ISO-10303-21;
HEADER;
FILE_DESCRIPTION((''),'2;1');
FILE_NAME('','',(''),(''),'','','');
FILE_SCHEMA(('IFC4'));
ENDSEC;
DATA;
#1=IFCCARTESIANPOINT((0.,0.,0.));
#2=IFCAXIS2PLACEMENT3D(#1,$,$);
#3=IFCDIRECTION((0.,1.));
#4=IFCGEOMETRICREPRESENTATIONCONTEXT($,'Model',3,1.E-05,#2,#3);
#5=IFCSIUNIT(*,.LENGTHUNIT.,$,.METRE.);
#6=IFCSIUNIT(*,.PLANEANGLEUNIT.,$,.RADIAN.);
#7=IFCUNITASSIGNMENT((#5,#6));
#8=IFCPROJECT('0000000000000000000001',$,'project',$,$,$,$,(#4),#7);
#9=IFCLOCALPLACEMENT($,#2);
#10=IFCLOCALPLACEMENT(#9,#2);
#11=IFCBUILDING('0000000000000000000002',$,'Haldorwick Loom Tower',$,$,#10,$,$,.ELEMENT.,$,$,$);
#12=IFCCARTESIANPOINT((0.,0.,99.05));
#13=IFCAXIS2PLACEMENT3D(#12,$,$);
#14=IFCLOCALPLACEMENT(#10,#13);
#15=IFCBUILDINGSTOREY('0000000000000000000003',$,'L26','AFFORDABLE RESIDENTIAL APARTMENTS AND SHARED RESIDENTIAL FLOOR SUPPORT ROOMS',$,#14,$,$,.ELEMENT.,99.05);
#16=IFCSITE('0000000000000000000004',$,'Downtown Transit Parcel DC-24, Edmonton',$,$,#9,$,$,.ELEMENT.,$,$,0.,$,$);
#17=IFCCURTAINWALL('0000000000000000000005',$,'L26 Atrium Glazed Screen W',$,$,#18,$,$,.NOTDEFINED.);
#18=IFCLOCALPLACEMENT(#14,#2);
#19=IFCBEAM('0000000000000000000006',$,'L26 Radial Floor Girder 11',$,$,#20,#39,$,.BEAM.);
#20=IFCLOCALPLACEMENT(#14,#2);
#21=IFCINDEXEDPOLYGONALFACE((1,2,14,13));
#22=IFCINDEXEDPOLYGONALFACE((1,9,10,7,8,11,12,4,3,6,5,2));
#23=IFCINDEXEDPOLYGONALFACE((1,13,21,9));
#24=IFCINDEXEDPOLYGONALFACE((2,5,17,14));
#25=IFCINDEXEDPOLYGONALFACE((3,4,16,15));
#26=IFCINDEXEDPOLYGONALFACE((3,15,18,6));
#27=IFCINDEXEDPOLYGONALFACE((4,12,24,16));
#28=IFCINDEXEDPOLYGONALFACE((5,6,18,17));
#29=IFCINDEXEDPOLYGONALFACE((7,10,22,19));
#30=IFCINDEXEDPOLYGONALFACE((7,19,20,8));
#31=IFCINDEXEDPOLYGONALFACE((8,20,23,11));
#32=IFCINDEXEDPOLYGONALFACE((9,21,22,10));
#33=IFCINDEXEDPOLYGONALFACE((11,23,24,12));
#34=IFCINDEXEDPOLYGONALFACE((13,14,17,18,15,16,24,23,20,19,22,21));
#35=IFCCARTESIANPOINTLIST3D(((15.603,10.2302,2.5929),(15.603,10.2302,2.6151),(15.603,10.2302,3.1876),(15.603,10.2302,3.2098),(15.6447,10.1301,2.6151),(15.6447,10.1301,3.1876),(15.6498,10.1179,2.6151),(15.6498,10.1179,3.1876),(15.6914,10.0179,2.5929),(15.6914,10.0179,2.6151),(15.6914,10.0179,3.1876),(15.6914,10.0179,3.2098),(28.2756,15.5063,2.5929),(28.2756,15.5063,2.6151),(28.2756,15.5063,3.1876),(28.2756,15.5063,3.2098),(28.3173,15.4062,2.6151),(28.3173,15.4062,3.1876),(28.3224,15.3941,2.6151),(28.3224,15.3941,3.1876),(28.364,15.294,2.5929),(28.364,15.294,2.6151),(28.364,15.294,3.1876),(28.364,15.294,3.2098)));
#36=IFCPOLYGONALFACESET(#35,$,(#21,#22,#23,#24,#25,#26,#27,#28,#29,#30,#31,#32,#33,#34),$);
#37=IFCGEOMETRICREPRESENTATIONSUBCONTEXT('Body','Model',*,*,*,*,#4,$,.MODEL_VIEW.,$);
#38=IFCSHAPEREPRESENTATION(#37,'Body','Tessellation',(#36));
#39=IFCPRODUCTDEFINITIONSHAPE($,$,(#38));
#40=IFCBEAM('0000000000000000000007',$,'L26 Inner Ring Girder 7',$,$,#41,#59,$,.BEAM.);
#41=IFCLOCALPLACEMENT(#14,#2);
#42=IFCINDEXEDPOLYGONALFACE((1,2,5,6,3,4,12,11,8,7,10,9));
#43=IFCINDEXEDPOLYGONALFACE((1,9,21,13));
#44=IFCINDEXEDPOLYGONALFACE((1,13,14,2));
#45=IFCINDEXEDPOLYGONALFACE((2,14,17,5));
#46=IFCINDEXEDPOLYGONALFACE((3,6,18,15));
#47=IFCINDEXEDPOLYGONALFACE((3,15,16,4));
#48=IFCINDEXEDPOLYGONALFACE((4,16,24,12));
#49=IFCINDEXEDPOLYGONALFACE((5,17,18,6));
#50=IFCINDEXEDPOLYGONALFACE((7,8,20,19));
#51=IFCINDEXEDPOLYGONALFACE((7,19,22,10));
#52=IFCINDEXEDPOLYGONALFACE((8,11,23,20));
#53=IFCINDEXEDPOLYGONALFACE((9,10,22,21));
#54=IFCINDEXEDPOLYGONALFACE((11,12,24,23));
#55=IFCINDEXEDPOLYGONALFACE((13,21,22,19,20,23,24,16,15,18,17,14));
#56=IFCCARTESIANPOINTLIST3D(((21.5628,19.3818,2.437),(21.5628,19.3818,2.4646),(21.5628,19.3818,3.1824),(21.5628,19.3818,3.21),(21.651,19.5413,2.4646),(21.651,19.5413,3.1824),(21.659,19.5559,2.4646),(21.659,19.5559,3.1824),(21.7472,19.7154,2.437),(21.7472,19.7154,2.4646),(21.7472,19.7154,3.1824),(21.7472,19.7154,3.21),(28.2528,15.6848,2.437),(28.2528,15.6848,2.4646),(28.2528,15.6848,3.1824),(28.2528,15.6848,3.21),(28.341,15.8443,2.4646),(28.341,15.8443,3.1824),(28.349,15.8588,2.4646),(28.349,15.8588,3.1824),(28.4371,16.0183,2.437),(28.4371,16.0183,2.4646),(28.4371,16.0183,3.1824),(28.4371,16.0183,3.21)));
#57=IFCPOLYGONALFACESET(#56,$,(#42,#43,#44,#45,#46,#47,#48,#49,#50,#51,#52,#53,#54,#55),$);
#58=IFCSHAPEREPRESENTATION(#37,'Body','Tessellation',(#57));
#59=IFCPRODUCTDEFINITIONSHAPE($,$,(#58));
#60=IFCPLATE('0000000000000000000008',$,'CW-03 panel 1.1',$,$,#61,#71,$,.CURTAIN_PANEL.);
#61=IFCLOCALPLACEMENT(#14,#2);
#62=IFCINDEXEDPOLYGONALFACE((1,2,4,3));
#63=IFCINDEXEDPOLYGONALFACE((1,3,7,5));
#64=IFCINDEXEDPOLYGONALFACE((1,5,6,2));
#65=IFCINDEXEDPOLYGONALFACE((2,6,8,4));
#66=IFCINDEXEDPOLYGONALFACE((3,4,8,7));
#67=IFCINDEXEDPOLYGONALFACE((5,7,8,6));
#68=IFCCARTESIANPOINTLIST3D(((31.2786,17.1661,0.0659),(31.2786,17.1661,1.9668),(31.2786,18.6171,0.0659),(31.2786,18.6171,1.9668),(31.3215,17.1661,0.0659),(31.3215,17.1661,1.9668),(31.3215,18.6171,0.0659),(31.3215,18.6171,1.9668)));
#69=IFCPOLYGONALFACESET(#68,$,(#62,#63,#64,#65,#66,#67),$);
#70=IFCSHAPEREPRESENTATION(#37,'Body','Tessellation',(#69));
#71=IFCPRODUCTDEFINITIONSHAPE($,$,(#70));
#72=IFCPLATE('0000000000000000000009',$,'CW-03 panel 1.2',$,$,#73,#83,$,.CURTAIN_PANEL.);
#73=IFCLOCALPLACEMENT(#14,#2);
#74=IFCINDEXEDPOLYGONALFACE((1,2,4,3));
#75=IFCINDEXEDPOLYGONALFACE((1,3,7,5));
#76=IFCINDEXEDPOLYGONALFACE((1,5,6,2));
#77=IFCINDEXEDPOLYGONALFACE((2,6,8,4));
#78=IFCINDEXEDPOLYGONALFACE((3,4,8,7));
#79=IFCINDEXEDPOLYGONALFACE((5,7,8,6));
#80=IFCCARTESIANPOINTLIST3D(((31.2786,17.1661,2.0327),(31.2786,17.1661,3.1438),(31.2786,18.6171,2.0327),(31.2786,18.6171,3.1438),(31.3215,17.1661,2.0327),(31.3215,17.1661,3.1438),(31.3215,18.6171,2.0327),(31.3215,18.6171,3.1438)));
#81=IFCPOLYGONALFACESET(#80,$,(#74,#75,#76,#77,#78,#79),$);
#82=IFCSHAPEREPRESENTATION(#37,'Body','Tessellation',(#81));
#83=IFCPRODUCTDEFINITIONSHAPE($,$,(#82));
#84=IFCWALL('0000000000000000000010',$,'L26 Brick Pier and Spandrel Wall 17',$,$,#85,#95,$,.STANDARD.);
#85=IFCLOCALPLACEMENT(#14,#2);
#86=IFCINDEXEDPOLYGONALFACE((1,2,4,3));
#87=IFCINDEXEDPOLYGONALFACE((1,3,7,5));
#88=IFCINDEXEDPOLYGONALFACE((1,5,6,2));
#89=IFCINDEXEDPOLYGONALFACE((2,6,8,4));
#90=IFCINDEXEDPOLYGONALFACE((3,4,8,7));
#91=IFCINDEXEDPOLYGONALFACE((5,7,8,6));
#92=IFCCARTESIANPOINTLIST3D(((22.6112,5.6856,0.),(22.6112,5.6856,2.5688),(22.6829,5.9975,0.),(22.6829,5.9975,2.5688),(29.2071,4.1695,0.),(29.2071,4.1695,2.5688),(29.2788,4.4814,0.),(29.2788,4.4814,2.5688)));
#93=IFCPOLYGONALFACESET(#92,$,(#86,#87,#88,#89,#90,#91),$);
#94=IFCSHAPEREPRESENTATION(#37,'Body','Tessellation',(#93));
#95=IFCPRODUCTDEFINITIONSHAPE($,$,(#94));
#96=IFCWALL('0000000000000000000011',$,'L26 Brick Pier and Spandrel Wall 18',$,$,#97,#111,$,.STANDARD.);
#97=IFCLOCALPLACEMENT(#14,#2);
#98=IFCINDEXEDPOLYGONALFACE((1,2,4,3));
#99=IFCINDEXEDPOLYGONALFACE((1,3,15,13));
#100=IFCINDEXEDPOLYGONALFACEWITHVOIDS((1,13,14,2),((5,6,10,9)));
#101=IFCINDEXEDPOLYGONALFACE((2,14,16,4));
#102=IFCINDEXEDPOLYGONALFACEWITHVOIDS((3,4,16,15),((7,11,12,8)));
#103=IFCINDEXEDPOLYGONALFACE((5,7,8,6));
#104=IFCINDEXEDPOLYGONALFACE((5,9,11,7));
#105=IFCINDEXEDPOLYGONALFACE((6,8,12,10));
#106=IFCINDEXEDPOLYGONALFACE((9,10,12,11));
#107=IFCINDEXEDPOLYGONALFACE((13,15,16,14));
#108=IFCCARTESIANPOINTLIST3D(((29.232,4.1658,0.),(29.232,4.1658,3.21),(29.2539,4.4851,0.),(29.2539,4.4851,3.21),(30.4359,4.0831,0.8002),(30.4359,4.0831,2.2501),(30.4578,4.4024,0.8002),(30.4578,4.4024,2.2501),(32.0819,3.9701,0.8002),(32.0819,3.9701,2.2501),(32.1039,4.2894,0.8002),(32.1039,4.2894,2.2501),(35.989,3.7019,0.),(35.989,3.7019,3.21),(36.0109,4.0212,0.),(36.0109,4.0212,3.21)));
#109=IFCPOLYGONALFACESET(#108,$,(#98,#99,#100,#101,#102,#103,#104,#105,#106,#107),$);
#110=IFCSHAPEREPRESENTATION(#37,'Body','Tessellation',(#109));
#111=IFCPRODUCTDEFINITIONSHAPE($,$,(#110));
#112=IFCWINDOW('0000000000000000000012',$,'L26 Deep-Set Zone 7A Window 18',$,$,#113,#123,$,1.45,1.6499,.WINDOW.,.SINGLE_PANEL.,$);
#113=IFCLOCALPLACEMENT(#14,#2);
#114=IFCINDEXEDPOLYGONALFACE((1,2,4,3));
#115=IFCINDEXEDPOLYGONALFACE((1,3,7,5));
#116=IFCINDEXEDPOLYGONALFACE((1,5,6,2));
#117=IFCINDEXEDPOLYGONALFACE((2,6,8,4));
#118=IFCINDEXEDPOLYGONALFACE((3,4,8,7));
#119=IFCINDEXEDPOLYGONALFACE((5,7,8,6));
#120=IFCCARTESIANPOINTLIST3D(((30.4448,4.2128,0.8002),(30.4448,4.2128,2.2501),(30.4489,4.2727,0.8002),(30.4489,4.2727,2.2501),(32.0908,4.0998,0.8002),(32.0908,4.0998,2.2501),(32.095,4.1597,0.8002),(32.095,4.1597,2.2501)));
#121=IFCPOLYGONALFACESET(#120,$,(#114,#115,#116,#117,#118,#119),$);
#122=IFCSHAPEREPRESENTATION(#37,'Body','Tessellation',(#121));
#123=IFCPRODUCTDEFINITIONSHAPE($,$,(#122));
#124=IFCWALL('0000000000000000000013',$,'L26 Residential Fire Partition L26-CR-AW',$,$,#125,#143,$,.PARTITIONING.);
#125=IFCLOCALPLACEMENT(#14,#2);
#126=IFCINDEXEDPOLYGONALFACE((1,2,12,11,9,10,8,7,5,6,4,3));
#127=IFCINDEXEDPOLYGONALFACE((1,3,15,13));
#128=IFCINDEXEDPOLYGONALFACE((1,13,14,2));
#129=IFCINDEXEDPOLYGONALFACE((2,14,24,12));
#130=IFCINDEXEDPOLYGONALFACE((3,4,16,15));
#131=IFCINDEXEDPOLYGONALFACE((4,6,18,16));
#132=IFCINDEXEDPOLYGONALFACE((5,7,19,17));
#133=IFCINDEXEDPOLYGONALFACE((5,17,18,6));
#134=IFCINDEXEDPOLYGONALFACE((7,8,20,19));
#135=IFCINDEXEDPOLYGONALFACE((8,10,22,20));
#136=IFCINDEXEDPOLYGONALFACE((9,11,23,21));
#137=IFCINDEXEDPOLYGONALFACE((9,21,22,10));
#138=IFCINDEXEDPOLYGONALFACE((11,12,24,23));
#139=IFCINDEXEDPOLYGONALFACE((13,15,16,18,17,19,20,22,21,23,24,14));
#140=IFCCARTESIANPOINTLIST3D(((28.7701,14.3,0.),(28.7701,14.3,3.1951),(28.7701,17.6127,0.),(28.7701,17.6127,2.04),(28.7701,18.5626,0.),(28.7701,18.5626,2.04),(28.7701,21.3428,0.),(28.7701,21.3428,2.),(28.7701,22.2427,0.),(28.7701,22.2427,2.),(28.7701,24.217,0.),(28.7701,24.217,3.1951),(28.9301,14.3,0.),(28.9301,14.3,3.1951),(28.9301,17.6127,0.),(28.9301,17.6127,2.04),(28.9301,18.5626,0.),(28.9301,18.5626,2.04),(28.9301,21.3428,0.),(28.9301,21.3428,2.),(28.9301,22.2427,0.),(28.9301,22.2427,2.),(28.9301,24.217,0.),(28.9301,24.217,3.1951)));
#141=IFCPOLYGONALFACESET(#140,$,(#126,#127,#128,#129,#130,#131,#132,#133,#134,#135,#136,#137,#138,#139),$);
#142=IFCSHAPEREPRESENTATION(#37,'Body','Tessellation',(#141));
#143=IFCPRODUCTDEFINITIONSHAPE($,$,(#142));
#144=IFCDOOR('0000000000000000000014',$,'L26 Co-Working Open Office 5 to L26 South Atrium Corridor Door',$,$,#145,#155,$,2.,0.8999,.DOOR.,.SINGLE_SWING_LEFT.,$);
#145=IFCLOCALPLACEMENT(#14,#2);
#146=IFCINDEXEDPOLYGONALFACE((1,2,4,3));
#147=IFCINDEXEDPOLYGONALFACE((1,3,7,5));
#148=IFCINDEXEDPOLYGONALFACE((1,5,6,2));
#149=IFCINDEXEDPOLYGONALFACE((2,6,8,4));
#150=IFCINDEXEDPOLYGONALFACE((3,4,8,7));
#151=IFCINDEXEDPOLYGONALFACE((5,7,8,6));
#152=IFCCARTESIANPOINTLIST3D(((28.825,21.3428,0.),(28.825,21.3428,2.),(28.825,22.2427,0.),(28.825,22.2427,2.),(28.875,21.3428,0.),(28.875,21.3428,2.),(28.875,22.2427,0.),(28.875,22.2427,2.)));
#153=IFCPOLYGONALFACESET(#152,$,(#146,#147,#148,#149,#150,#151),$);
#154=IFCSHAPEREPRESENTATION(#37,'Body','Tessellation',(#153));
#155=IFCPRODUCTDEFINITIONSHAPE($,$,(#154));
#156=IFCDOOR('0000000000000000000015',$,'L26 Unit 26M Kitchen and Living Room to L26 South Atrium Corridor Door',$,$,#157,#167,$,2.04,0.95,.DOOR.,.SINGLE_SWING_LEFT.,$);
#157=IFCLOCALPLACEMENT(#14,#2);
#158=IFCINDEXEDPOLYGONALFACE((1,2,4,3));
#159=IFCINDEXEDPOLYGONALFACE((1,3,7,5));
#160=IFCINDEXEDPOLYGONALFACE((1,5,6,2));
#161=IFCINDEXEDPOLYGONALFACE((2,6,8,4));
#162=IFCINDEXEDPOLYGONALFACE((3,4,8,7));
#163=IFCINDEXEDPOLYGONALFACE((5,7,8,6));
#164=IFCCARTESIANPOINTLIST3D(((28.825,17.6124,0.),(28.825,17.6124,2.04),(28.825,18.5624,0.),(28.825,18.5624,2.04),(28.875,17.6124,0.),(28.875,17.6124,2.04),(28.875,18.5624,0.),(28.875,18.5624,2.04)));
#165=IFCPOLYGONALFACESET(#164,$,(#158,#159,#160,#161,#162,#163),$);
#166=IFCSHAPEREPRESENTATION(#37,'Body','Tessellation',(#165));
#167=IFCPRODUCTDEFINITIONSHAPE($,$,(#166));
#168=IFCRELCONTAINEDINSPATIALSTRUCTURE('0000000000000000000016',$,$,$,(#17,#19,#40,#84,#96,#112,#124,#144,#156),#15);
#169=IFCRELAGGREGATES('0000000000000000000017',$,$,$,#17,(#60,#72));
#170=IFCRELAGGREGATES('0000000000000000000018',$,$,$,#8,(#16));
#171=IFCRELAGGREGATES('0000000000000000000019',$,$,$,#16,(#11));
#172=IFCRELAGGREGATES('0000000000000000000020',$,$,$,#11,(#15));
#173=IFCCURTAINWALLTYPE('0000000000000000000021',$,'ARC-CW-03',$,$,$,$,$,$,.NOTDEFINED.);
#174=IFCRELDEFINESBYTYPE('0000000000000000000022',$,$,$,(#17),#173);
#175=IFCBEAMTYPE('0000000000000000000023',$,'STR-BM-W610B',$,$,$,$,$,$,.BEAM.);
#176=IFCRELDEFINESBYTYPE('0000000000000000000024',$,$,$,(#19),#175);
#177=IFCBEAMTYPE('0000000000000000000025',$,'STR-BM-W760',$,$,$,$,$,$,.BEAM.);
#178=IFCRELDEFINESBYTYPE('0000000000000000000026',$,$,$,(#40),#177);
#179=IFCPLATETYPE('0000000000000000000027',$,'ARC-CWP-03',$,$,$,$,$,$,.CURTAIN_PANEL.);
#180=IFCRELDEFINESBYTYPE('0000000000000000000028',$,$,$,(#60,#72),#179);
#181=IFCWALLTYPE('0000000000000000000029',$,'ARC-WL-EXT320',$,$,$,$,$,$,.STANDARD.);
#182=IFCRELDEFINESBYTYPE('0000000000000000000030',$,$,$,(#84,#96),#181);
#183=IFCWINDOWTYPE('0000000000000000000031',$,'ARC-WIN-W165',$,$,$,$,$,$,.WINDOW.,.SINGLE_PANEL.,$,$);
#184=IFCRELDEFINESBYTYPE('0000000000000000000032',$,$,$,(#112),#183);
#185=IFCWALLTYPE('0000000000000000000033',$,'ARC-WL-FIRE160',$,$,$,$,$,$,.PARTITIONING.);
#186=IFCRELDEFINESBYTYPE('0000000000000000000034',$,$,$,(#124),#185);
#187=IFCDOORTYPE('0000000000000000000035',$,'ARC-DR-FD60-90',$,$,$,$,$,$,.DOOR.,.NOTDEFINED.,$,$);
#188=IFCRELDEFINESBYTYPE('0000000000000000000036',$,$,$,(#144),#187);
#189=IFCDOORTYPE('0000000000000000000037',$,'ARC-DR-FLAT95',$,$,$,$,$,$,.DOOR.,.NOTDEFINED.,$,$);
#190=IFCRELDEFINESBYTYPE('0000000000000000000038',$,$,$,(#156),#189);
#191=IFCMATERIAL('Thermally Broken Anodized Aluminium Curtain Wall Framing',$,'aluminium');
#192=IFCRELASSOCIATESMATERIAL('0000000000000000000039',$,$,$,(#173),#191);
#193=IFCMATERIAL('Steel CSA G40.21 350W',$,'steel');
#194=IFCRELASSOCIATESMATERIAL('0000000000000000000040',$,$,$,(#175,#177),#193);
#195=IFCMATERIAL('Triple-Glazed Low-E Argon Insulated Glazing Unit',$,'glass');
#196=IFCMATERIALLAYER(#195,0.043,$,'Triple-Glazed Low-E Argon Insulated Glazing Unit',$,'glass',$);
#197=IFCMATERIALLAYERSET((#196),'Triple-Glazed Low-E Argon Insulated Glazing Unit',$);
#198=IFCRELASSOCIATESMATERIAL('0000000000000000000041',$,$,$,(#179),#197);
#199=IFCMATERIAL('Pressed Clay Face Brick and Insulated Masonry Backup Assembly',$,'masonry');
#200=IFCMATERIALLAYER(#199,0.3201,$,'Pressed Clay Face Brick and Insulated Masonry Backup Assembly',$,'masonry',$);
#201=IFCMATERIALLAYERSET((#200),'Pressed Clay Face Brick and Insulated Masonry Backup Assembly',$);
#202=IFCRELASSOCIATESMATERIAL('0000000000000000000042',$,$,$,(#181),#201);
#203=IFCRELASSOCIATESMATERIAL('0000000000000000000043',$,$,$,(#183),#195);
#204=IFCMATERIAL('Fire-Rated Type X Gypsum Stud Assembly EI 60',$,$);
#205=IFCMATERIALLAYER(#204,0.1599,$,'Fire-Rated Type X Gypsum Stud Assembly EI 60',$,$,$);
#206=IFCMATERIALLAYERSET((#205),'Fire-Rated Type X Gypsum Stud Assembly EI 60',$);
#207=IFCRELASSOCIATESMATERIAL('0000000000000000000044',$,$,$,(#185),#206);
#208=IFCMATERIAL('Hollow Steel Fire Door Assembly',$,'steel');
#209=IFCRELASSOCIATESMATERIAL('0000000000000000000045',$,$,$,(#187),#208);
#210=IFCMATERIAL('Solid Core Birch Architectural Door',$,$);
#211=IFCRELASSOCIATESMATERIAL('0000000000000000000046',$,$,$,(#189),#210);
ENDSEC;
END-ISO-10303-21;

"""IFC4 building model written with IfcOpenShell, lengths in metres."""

from ifc_helpers import new_model, si_unit, direction, frame, frame_2d, origin, origin_2d, place, context, subcontext, project, spatial, rectangle, i_section, extrude, material, layer, layer_set, material_profile, profile_set, type_object, element, fill, aggregate, save


model = new_model("IFC4")

# Units and contexts
model_context = context("Model", 3, precision=1e-05, world=origin(), true_north=direction((0.0, 1.0)))
body_context = subcontext(model_context, "Body", "Model", "MODEL_VIEW")
ifc_project = project(units=[si_unit("LENGTHUNIT", "METRE"), si_unit("PLANEANGLEUNIT", "RADIAN")], contexts=[model_context])

# Site, building, storey
site_placement = place(None, origin())
site = spatial("IfcSite", under=ifc_project, at=site_placement, Name="Downtown Transit Parcel DC-24, Edmonton", CompositionType="ELEMENT", RefElevation=0.0)
building_placement = place(site_placement, origin())
building = spatial("IfcBuilding", under=site, at=building_placement, Name="Haldorwick Loom Tower", CompositionType="ELEMENT")
storey_placement = place(building_placement, frame((0.0, 0.0, 99.05)))
storey = spatial("IfcBuildingStorey", under=building, at=storey_placement, Name="L26", Description="AFFORDABLE RESIDENTIAL APARTMENTS AND SHARED RESIDENTIAL FLOOR SUPPORT ROOMS", CompositionType="ELEMENT", Elevation=99.05)

# Curtain wall
ifc_material_1 = material(Name="Thermally Broken Anodized Aluminium Curtain Wall Framing", Category="aluminium")
curtain_wall_type = type_object("IfcCurtainWallType", Name="ARC-CW-03", PredefinedType="NOTDEFINED", material=ifc_material_1)
curtain_wall_placement = place(storey_placement, origin())
curtain_wall = element("IfcCurtainWall", 1, at=curtain_wall_placement, inside=storey, type_object=curtain_wall_type, Name="L26 Atrium Glazed Screen W", PredefinedType="NOTDEFINED")

# Beams
ifc_material_2 = material(Name="Steel CSA G40.21 350W", Category="steel")
ifc_material_profile_1 = material_profile(ifc_material_2, i_section(OverallWidth=0.23, OverallDepth=0.6169, WebThickness=0.0132, FlangeThickness=0.0222, at=origin_2d()), Name="W610X140", Category="steel")
ifc_profile_set_1 = profile_set([ifc_material_profile_1], Name="Steel CSA G40.21 350W")
beam_type_1 = type_object("IfcBeamType", Name="STR-BM-W610B", PredefinedType="BEAM", material=ifc_profile_set_1)
beam_1_placement = place(storey_placement, frame((28.3198, 15.4001, 2.9014), z_axis=(-0.923184, -0.384359, 0.0), x_axis=(0.384359, -0.923184, 0.0)))
element("IfcBeam", 2, at=beam_1_placement, inside=storey, type_object=beam_type_1, Name="L26 Radial Floor Girder 11", PredefinedType="BEAM", context=body_context, shape_type="SweptSolid", body=[
    extrude(i_section(OverallWidth=0.23, OverallDepth=0.6169, WebThickness=0.0132, FlangeThickness=0.0222, at=origin_2d()), origin(), (0.0, 0.0, 1.0), 13.7271),
])
ifc_material_profile_2 = material_profile(ifc_material_2, i_section(OverallWidth=0.3811, OverallDepth=0.7729, WebThickness=0.0166, FlangeThickness=0.0276, at=origin_2d()), Name="W760X257", Category="steel")
ifc_profile_set_2 = profile_set([ifc_material_profile_2], Name="Steel CSA G40.21 350W")
beam_type_2 = type_object("IfcBeamType", Name="STR-BM-W760", PredefinedType="BEAM", material=ifc_profile_set_2)
beam_2_placement = place(storey_placement, frame((28.345, 15.8516, 2.8235), z_axis=(-0.875244, 0.483681, 0.0), x_axis=(-0.483681, -0.875244, 0.0)))
element("IfcBeam", 3, at=beam_2_placement, inside=storey, type_object=beam_type_2, Name="L26 Inner Ring Girder 7", PredefinedType="BEAM", context=body_context, shape_type="SweptSolid", body=[
    extrude(i_section(OverallWidth=0.3811, OverallDepth=0.7729, WebThickness=0.0166, FlangeThickness=0.0276, at=origin_2d()), origin(), (0.0, 0.0, 1.0), 7.6436),
])

# Plates
ifc_material_3 = material(Name="Triple-Glazed Low-E Argon Insulated Glazing Unit", Category="glass")
ifc_layer_1 = layer(ifc_material_3, 0.043, Name="Triple-Glazed Low-E Argon Insulated Glazing Unit", Category="glass")
ifc_layer_set_1 = layer_set([ifc_layer_1], Name="Triple-Glazed Low-E Argon Insulated Glazing Unit")
plate_type = type_object("IfcPlateType", Name="ARC-CWP-03", PredefinedType="CURTAIN_PANEL", material=ifc_layer_set_1)
plate_1_placement = place(storey_placement, frame((31.3, 17.8916, 0.0659), z_axis=(0.0, 0.0, 1.0), x_axis=(0.0, 1.0, 0.0)))
plate_1 = element("IfcPlate", 4, at=plate_1_placement, type_object=plate_type, Name="CW-03 panel 1.1", PredefinedType="CURTAIN_PANEL", context=body_context, shape_type="SweptSolid", body=[
    extrude(rectangle(XDim=1.4509, YDim=0.043, at=origin_2d()), origin(), (0.0, 0.0, 1.0), 1.9009),
])
plate_2_placement = place(storey_placement, frame((31.3, 17.8916, 2.0327), z_axis=(0.0, 0.0, 1.0), x_axis=(0.0, 1.0, 0.0)))
plate_2 = element("IfcPlate", 5, at=plate_2_placement, type_object=plate_type, Name="CW-03 panel 1.2", PredefinedType="CURTAIN_PANEL", context=body_context, shape_type="SweptSolid", body=[
    extrude(rectangle(XDim=1.4509, YDim=0.043, at=origin_2d()), origin(), (0.0, 0.0, 1.0), 1.1111),
])
aggregate(curtain_wall, [plate_1, plate_2])

# Wall
ifc_material_4 = material(Name="Pressed Clay Face Brick and Insulated Masonry Backup Assembly", Category="masonry")
ifc_layer_2 = layer(ifc_material_4, 0.3201, Name="Pressed Clay Face Brick and Insulated Masonry Backup Assembly", Category="masonry")
ifc_layer_set_2 = layer_set([ifc_layer_2], Name="Pressed Clay Face Brick and Insulated Masonry Backup Assembly")
wall_type_1 = type_object("IfcWallType", Name="ARC-WL-EXT320", PredefinedType="STANDARD", material=ifc_layer_set_2)
wall_1_placement = place(storey_placement, frame((22.6472, 5.8416, 0.0), z_axis=(0.0, 0.0, 1.0), x_axis=(0.974584, -0.224022, 0.0)))
element("IfcWall", 6, at=wall_1_placement, inside=storey, type_object=wall_type_1, Name="L26 Brick Pier and Spandrel Wall 17", PredefinedType="STANDARD", context=body_context, shape_type="SweptSolid", body=[
    extrude(rectangle(XDim=6.7678, YDim=0.3201, at=frame_2d((3.3838, 0.0))), origin(), (0.0, 0.0, 1.0), 2.5688),
])

# Wall, opening, window
wall_2_placement = place(storey_placement, frame((29.2429, 4.3254, 0.0), z_axis=(0.0, 0.0, 1.0), x_axis=(0.997652, -0.068488, 0.0)))
wall_2 = element("IfcWall", 7, at=wall_2_placement, inside=storey, type_object=wall_type_1, Name="L26 Brick Pier and Spandrel Wall 18", PredefinedType="STANDARD", context=body_context, shape_type="SweptSolid", body=[
    extrude(rectangle(XDim=6.7729, YDim=0.3201, at=frame_2d((3.3865, 0.0))), origin(), (0.0, 0.0, 1.0), 3.21),
])
opening_1_placement = place(wall_2_placement, frame((1.2068, 0.0, 0.8)))
opening_1 = element("IfcOpeningElement", 8, at=opening_1_placement, cuts=wall_2, PredefinedType="OPENING", context=body_context, shape_type="SweptSolid", body=[
    extrude(rectangle(XDim=1.6499, YDim=1.45, at=frame_2d((0.825, 0.7251))), frame((0.0, 0.1699, 0.0), z_axis=(0.0, -1.0, 0.0), x_axis=(1.0, 0.0, 0.0)), (0.0, 0.0, 1.0), 0.3401),
])
window_type = type_object("IfcWindowType", Name="ARC-WIN-W165", PartitioningType="SINGLE_PANEL", PredefinedType="WINDOW", material=ifc_material_3)
window_placement = place(opening_1_placement, origin())
window = element("IfcWindow", 9, at=window_placement, inside=storey, type_object=window_type, Name="L26 Deep-Set Zone 7A Window 18", OverallHeight=1.45, OverallWidth=1.6499, PartitioningType="SINGLE_PANEL", PredefinedType="WINDOW", context=body_context, shape_type="SweptSolid", body=[
    extrude(rectangle(XDim=1.6499, YDim=1.45, at=frame_2d((0.825, 0.7251))), frame((0.0, 0.03, 0.0), z_axis=(0.0, -1.0, 0.0), x_axis=(1.0, 0.0, 0.0)), (0.0, 0.0, 1.0), 0.0601),
])
fill(opening_1, window)

# Wall, openings, doors
ifc_material_5 = material(Name="Fire-Rated Type X Gypsum Stud Assembly EI 60")
ifc_layer_3 = layer(ifc_material_5, 0.1599, Name="Fire-Rated Type X Gypsum Stud Assembly EI 60")
ifc_layer_set_3 = layer_set([ifc_layer_3], Name="Fire-Rated Type X Gypsum Stud Assembly EI 60")
wall_type_2 = type_object("IfcWallType", Name="ARC-WL-FIRE160", PredefinedType="PARTITIONING", material=ifc_layer_set_3)
wall_3_placement = place(storey_placement, frame((28.8501, 14.3, 0.0), z_axis=(0.0, 0.0, 1.0), x_axis=(0.0, 1.0, 0.0)))
wall_3 = element("IfcWall", 10, at=wall_3_placement, inside=storey, type_object=wall_type_2, Name="L26 Residential Fire Partition L26-CR-AW", PredefinedType="PARTITIONING", context=body_context, shape_type="SweptSolid", body=[
    extrude(rectangle(XDim=9.917, YDim=0.1599, at=frame_2d((4.9585, 0.0))), origin(), (0.0, 0.0, 1.0), 3.1951),
])
opening_2_placement = place(wall_3_placement, frame((3.3125, 0.0, 0.0)))
opening_2 = element("IfcOpeningElement", 11, at=opening_2_placement, cuts=wall_3, PredefinedType="OPENING", context=body_context, shape_type="SweptSolid", body=[
    extrude(rectangle(XDim=0.95, YDim=2.04, at=frame_2d((0.4751, 1.02))), frame((0.0, 0.0898, 0.0), z_axis=(0.0, -1.0, 0.0), x_axis=(1.0, 0.0, 0.0)), (0.0, 0.0, 1.0), 0.1799),
])
opening_3_placement = place(wall_3_placement, frame((7.0427, 0.0, 0.0)))
opening_3 = element("IfcOpeningElement", 12, at=opening_3_placement, cuts=wall_3, PredefinedType="OPENING", context=body_context, shape_type="SweptSolid", body=[
    extrude(rectangle(XDim=0.8999, YDim=2.0, at=frame_2d((0.45, 1.0))), frame((0.0, 0.0898, 0.0), z_axis=(0.0, -1.0, 0.0), x_axis=(1.0, 0.0, 0.0)), (0.0, 0.0, 1.0), 0.1799),
])
ifc_material_6 = material(Name="Hollow Steel Fire Door Assembly", Category="steel")
door_type_1 = type_object("IfcDoorType", Name="ARC-DR-FD60-90", OperationType="NOTDEFINED", PredefinedType="DOOR", material=ifc_material_6)
door_1_placement = place(opening_3_placement, frame((0.8999, 0.0, 0.0), z_axis=(0.0, 0.0, 1.0), x_axis=(-1.0, 0.0, 0.0)))
door_1 = element("IfcDoor", 13, at=door_1_placement, inside=storey, type_object=door_type_1, Name="L26 Co-Working Open Office 5 to L26 South Atrium Corridor Door", OperationType="SINGLE_SWING_LEFT", OverallHeight=2.0, OverallWidth=0.8999, PredefinedType="DOOR", context=body_context, shape_type="SweptSolid", body=[
    extrude(rectangle(XDim=0.8999, YDim=2.0, at=frame_2d((0.45, 1.0))), frame((0.0, 0.0249, 0.0), z_axis=(0.0, -1.0, 0.0), x_axis=(1.0, 0.0, 0.0)), (0.0, 0.0, 1.0), 0.05),
])
fill(opening_3, door_1)
ifc_material_7 = material(Name="Solid Core Birch Architectural Door")
door_type_2 = type_object("IfcDoorType", Name="ARC-DR-FLAT95", OperationType="NOTDEFINED", PredefinedType="DOOR", material=ifc_material_7)
door_2_placement = place(opening_2_placement, frame((0.95, 0.0, 0.0), z_axis=(0.0, 0.0, 1.0), x_axis=(-1.0, 0.0, 0.0)))
door_2 = element("IfcDoor", 14, at=door_2_placement, inside=storey, type_object=door_type_2, Name="L26 Unit 26M Kitchen and Living Room to L26 South Atrium Corridor Door", OperationType="SINGLE_SWING_LEFT", OverallHeight=2.04, OverallWidth=0.95, PredefinedType="DOOR", context=body_context, shape_type="SweptSolid", body=[
    extrude(rectangle(XDim=0.95, YDim=2.04, at=frame_2d((0.4751, 1.02))), frame((0.0, 0.0249, 0.0), z_axis=(0.0, -1.0, 0.0), x_axis=(1.0, 0.0, 0.0)), (0.0, 0.0, 1.0), 0.05),
])
fill(opening_2, door_2)

save(model, "model.ifc")
